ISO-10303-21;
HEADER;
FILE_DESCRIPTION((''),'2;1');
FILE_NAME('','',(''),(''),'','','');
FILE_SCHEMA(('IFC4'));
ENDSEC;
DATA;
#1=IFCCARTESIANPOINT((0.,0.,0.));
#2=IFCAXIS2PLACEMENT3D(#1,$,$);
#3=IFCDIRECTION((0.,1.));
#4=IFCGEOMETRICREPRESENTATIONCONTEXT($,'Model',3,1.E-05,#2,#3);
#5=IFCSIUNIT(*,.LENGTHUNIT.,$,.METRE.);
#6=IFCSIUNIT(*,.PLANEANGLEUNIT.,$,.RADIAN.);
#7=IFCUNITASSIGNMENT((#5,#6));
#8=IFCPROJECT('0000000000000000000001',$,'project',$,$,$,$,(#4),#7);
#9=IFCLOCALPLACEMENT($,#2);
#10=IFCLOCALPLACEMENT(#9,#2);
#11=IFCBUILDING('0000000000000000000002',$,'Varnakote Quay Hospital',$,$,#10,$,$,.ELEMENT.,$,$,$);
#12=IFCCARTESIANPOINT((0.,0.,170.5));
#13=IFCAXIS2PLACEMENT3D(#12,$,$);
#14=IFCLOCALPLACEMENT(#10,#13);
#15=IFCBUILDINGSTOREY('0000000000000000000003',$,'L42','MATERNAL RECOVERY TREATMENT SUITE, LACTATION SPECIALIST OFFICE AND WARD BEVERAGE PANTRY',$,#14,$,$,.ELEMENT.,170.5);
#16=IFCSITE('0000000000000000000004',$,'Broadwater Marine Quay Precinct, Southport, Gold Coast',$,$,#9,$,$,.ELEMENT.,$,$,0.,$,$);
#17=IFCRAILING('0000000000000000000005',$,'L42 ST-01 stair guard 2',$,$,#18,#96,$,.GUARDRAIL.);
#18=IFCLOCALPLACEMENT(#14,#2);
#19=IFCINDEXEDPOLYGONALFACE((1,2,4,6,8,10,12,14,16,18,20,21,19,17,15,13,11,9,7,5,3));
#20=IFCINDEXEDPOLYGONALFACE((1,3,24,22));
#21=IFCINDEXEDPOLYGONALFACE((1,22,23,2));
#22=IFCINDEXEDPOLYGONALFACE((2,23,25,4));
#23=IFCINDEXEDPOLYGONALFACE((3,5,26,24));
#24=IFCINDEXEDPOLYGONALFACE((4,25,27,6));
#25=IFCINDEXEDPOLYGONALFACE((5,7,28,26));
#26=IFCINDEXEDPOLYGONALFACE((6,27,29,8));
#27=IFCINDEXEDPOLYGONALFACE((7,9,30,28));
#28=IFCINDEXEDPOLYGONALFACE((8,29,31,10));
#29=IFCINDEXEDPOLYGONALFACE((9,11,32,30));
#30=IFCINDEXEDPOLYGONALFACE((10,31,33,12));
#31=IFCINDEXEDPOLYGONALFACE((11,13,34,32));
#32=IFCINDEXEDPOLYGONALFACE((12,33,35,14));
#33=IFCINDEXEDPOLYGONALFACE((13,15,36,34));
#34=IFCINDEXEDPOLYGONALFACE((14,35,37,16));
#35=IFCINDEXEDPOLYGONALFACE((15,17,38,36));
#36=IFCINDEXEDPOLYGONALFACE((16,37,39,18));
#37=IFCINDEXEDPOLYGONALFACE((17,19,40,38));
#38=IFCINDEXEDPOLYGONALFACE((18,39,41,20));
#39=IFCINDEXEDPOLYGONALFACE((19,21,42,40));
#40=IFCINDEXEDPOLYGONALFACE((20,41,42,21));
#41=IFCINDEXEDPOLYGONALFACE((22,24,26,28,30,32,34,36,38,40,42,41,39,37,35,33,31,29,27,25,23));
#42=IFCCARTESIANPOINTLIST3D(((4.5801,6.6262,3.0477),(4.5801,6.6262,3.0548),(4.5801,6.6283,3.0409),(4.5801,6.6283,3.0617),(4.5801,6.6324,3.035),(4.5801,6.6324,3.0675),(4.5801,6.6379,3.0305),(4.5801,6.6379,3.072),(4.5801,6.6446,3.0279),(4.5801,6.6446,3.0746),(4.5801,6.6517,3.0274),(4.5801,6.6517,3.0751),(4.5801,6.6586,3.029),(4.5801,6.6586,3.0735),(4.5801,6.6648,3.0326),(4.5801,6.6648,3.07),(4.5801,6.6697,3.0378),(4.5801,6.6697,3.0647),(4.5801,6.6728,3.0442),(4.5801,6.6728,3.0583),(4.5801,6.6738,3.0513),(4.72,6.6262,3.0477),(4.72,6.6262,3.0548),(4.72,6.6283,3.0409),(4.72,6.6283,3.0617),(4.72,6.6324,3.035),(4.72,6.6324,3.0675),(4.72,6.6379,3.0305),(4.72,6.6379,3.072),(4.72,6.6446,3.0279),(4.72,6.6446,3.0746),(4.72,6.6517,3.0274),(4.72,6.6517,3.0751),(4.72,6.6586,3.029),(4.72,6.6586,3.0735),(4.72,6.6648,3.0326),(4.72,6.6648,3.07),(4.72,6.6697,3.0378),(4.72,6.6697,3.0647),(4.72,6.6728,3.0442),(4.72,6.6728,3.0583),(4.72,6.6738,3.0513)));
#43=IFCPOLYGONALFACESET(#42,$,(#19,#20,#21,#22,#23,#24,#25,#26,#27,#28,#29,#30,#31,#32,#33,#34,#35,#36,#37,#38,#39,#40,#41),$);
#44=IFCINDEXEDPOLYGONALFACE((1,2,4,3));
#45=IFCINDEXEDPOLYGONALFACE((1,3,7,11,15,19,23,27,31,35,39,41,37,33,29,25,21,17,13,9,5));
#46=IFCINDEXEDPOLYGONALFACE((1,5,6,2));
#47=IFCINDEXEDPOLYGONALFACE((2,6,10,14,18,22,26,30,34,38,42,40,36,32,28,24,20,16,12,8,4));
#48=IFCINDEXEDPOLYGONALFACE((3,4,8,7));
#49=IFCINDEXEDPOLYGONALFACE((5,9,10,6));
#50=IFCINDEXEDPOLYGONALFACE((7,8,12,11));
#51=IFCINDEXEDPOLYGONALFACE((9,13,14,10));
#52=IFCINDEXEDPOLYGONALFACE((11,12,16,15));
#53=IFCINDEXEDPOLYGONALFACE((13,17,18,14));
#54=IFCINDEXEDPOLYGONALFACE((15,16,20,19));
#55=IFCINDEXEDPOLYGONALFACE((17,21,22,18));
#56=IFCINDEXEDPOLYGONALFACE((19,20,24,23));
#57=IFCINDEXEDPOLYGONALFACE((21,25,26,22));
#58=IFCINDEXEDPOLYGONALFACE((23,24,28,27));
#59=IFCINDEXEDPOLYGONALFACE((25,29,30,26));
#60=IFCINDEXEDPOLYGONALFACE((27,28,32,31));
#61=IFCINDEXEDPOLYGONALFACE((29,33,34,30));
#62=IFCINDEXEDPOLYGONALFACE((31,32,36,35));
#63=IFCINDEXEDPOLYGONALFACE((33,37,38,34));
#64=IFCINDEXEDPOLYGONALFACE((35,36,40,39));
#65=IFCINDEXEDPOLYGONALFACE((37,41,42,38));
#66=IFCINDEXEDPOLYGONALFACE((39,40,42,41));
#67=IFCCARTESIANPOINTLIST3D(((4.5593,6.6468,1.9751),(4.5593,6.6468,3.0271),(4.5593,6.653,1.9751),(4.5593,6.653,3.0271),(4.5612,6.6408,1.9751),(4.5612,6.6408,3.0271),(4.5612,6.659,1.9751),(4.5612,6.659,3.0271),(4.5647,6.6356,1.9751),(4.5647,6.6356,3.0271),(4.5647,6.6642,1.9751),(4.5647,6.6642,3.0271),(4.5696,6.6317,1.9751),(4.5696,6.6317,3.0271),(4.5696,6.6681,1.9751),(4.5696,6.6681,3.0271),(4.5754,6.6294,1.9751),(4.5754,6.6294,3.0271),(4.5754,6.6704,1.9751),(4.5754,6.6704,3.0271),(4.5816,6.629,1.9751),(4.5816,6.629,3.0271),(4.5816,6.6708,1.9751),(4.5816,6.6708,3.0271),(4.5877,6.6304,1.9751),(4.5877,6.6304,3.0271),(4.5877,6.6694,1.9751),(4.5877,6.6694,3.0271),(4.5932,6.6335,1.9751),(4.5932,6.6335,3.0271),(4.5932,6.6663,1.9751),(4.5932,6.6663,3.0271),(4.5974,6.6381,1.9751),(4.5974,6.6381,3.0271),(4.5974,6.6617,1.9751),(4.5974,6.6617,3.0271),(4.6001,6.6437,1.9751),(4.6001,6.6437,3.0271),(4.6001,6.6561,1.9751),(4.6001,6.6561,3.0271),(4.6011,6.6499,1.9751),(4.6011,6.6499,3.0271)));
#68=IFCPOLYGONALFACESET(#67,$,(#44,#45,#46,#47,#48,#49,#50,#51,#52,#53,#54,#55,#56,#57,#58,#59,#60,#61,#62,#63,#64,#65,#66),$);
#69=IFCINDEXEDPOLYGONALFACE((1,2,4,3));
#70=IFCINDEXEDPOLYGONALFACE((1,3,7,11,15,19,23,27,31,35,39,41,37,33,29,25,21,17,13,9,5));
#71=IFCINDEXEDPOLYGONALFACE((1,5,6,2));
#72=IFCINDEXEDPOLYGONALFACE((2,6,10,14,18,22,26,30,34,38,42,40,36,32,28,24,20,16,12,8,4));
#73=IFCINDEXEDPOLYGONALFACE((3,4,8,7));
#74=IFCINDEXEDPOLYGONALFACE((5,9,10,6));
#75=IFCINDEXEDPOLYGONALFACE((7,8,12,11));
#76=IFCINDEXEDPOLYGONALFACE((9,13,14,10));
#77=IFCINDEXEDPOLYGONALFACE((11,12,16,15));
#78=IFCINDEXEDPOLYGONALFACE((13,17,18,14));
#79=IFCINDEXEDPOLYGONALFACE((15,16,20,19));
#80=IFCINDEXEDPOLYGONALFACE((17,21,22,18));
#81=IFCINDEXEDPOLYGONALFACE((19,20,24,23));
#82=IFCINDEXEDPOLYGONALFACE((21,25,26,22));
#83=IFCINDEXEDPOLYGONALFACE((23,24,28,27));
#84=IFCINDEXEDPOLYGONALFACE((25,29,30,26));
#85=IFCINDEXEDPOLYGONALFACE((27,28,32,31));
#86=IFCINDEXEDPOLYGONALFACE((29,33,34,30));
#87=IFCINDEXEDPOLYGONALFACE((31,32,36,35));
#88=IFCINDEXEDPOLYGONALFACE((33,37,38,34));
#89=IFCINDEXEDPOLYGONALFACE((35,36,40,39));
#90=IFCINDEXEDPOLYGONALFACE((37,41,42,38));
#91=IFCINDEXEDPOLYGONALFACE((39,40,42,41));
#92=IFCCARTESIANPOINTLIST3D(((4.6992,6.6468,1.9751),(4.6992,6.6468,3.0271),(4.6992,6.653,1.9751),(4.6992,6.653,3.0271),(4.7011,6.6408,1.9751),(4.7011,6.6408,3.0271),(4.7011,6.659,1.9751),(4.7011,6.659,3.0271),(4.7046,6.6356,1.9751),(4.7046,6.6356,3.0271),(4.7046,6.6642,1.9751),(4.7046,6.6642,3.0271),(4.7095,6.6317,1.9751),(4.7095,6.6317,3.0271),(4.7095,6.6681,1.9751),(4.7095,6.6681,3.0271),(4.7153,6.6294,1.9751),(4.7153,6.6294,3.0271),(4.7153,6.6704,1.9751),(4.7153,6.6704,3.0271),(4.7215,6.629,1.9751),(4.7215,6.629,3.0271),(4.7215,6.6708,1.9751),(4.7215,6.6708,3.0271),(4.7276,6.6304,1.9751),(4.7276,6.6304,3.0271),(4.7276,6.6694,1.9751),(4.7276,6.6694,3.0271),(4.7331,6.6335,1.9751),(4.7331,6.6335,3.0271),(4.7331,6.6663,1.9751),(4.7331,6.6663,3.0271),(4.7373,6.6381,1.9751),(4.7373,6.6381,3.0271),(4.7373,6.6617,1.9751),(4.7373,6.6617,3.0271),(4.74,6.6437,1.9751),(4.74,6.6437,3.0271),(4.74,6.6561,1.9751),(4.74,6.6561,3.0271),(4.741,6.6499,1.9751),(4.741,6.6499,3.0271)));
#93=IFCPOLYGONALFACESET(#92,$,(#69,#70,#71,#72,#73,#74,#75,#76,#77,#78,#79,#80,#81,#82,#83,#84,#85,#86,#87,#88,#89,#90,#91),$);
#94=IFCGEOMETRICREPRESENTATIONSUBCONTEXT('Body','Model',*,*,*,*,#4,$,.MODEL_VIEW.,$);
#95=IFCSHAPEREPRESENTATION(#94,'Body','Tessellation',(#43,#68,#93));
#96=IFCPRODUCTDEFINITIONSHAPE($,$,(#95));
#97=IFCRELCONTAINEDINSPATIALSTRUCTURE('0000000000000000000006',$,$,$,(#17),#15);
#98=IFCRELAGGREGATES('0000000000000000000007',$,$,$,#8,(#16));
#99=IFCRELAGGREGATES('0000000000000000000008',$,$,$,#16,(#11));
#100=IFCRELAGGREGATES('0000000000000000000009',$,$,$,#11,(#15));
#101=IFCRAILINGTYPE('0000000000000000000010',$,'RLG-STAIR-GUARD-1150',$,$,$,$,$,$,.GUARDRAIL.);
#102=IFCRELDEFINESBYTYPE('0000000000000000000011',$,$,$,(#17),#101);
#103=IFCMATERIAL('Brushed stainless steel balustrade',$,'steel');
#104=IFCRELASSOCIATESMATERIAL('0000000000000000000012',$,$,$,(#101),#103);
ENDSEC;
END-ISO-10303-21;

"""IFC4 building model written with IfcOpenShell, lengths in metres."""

from ifc_helpers import new_model, si_unit, direction, frame, origin, origin_2d, place, context, subcontext, project, spatial, circle, extrude, material, type_object, element, save


model = new_model("IFC4")

# Units and contexts
model_context = context("Model", 3, precision=1e-05, world=origin(), true_north=direction((0.0, 1.0)))
body_context = subcontext(model_context, "Body", "Model", "MODEL_VIEW")
ifc_project = project(units=[si_unit("LENGTHUNIT", "METRE"), si_unit("PLANEANGLEUNIT", "RADIAN")], contexts=[model_context])

# Site, building, storey
site_placement = place(None, origin())
site = spatial("IfcSite", under=ifc_project, at=site_placement, Name="Broadwater Marine Quay Precinct, Southport, Gold Coast", CompositionType="ELEMENT", RefElevation=0.0)
building_placement = place(site_placement, origin())
building = spatial("IfcBuilding", under=site, at=building_placement, Name="Varnakote Quay Hospital", CompositionType="ELEMENT")
storey_placement = place(building_placement, frame((0.0, 0.0, 170.5)))
storey = spatial("IfcBuildingStorey", under=building, at=storey_placement, Name="L42", Description="MATERNAL RECOVERY TREATMENT SUITE, LACTATION SPECIALIST OFFICE AND WARD BEVERAGE PANTRY", CompositionType="ELEMENT", Elevation=170.5)

# Railing
ifc_material_1 = material(Name="Brushed stainless steel balustrade", Category="steel")
railing_type_1 = type_object("IfcRailingType", Name="RLG-STAIR-GUARD-1150", PredefinedType="GUARDRAIL", material=ifc_material_1)
railing_1_placement = place(storey_placement, frame((4.5801, 6.6499, 1.9751)))
element("IfcRailing", 1, at=railing_1_placement, inside=storey, type_object=railing_type_1, Name="L42 ST-01 stair guard 2", PredefinedType="GUARDRAIL", context=body_context, shape_type="SweptSolid", body=[
    extrude(circle(Radius=0.0239, at=origin_2d()), frame((0.0, 0.0, 1.0762), z_axis=(1.0, 0.0, 0.0), x_axis=(0.0, 1.0, 0.0)), (0.0, 0.0, 1.0), 0.1399),
    extrude(circle(Radius=0.021, at=origin_2d()), origin(), (0.0, 0.0, 1.0), 1.052),
    extrude(circle(Radius=0.021, at=origin_2d()), frame((0.1399, 0.0, 0.0)), (0.0, 0.0, 1.0), 1.052),
])

save(model, "model.ifc")
